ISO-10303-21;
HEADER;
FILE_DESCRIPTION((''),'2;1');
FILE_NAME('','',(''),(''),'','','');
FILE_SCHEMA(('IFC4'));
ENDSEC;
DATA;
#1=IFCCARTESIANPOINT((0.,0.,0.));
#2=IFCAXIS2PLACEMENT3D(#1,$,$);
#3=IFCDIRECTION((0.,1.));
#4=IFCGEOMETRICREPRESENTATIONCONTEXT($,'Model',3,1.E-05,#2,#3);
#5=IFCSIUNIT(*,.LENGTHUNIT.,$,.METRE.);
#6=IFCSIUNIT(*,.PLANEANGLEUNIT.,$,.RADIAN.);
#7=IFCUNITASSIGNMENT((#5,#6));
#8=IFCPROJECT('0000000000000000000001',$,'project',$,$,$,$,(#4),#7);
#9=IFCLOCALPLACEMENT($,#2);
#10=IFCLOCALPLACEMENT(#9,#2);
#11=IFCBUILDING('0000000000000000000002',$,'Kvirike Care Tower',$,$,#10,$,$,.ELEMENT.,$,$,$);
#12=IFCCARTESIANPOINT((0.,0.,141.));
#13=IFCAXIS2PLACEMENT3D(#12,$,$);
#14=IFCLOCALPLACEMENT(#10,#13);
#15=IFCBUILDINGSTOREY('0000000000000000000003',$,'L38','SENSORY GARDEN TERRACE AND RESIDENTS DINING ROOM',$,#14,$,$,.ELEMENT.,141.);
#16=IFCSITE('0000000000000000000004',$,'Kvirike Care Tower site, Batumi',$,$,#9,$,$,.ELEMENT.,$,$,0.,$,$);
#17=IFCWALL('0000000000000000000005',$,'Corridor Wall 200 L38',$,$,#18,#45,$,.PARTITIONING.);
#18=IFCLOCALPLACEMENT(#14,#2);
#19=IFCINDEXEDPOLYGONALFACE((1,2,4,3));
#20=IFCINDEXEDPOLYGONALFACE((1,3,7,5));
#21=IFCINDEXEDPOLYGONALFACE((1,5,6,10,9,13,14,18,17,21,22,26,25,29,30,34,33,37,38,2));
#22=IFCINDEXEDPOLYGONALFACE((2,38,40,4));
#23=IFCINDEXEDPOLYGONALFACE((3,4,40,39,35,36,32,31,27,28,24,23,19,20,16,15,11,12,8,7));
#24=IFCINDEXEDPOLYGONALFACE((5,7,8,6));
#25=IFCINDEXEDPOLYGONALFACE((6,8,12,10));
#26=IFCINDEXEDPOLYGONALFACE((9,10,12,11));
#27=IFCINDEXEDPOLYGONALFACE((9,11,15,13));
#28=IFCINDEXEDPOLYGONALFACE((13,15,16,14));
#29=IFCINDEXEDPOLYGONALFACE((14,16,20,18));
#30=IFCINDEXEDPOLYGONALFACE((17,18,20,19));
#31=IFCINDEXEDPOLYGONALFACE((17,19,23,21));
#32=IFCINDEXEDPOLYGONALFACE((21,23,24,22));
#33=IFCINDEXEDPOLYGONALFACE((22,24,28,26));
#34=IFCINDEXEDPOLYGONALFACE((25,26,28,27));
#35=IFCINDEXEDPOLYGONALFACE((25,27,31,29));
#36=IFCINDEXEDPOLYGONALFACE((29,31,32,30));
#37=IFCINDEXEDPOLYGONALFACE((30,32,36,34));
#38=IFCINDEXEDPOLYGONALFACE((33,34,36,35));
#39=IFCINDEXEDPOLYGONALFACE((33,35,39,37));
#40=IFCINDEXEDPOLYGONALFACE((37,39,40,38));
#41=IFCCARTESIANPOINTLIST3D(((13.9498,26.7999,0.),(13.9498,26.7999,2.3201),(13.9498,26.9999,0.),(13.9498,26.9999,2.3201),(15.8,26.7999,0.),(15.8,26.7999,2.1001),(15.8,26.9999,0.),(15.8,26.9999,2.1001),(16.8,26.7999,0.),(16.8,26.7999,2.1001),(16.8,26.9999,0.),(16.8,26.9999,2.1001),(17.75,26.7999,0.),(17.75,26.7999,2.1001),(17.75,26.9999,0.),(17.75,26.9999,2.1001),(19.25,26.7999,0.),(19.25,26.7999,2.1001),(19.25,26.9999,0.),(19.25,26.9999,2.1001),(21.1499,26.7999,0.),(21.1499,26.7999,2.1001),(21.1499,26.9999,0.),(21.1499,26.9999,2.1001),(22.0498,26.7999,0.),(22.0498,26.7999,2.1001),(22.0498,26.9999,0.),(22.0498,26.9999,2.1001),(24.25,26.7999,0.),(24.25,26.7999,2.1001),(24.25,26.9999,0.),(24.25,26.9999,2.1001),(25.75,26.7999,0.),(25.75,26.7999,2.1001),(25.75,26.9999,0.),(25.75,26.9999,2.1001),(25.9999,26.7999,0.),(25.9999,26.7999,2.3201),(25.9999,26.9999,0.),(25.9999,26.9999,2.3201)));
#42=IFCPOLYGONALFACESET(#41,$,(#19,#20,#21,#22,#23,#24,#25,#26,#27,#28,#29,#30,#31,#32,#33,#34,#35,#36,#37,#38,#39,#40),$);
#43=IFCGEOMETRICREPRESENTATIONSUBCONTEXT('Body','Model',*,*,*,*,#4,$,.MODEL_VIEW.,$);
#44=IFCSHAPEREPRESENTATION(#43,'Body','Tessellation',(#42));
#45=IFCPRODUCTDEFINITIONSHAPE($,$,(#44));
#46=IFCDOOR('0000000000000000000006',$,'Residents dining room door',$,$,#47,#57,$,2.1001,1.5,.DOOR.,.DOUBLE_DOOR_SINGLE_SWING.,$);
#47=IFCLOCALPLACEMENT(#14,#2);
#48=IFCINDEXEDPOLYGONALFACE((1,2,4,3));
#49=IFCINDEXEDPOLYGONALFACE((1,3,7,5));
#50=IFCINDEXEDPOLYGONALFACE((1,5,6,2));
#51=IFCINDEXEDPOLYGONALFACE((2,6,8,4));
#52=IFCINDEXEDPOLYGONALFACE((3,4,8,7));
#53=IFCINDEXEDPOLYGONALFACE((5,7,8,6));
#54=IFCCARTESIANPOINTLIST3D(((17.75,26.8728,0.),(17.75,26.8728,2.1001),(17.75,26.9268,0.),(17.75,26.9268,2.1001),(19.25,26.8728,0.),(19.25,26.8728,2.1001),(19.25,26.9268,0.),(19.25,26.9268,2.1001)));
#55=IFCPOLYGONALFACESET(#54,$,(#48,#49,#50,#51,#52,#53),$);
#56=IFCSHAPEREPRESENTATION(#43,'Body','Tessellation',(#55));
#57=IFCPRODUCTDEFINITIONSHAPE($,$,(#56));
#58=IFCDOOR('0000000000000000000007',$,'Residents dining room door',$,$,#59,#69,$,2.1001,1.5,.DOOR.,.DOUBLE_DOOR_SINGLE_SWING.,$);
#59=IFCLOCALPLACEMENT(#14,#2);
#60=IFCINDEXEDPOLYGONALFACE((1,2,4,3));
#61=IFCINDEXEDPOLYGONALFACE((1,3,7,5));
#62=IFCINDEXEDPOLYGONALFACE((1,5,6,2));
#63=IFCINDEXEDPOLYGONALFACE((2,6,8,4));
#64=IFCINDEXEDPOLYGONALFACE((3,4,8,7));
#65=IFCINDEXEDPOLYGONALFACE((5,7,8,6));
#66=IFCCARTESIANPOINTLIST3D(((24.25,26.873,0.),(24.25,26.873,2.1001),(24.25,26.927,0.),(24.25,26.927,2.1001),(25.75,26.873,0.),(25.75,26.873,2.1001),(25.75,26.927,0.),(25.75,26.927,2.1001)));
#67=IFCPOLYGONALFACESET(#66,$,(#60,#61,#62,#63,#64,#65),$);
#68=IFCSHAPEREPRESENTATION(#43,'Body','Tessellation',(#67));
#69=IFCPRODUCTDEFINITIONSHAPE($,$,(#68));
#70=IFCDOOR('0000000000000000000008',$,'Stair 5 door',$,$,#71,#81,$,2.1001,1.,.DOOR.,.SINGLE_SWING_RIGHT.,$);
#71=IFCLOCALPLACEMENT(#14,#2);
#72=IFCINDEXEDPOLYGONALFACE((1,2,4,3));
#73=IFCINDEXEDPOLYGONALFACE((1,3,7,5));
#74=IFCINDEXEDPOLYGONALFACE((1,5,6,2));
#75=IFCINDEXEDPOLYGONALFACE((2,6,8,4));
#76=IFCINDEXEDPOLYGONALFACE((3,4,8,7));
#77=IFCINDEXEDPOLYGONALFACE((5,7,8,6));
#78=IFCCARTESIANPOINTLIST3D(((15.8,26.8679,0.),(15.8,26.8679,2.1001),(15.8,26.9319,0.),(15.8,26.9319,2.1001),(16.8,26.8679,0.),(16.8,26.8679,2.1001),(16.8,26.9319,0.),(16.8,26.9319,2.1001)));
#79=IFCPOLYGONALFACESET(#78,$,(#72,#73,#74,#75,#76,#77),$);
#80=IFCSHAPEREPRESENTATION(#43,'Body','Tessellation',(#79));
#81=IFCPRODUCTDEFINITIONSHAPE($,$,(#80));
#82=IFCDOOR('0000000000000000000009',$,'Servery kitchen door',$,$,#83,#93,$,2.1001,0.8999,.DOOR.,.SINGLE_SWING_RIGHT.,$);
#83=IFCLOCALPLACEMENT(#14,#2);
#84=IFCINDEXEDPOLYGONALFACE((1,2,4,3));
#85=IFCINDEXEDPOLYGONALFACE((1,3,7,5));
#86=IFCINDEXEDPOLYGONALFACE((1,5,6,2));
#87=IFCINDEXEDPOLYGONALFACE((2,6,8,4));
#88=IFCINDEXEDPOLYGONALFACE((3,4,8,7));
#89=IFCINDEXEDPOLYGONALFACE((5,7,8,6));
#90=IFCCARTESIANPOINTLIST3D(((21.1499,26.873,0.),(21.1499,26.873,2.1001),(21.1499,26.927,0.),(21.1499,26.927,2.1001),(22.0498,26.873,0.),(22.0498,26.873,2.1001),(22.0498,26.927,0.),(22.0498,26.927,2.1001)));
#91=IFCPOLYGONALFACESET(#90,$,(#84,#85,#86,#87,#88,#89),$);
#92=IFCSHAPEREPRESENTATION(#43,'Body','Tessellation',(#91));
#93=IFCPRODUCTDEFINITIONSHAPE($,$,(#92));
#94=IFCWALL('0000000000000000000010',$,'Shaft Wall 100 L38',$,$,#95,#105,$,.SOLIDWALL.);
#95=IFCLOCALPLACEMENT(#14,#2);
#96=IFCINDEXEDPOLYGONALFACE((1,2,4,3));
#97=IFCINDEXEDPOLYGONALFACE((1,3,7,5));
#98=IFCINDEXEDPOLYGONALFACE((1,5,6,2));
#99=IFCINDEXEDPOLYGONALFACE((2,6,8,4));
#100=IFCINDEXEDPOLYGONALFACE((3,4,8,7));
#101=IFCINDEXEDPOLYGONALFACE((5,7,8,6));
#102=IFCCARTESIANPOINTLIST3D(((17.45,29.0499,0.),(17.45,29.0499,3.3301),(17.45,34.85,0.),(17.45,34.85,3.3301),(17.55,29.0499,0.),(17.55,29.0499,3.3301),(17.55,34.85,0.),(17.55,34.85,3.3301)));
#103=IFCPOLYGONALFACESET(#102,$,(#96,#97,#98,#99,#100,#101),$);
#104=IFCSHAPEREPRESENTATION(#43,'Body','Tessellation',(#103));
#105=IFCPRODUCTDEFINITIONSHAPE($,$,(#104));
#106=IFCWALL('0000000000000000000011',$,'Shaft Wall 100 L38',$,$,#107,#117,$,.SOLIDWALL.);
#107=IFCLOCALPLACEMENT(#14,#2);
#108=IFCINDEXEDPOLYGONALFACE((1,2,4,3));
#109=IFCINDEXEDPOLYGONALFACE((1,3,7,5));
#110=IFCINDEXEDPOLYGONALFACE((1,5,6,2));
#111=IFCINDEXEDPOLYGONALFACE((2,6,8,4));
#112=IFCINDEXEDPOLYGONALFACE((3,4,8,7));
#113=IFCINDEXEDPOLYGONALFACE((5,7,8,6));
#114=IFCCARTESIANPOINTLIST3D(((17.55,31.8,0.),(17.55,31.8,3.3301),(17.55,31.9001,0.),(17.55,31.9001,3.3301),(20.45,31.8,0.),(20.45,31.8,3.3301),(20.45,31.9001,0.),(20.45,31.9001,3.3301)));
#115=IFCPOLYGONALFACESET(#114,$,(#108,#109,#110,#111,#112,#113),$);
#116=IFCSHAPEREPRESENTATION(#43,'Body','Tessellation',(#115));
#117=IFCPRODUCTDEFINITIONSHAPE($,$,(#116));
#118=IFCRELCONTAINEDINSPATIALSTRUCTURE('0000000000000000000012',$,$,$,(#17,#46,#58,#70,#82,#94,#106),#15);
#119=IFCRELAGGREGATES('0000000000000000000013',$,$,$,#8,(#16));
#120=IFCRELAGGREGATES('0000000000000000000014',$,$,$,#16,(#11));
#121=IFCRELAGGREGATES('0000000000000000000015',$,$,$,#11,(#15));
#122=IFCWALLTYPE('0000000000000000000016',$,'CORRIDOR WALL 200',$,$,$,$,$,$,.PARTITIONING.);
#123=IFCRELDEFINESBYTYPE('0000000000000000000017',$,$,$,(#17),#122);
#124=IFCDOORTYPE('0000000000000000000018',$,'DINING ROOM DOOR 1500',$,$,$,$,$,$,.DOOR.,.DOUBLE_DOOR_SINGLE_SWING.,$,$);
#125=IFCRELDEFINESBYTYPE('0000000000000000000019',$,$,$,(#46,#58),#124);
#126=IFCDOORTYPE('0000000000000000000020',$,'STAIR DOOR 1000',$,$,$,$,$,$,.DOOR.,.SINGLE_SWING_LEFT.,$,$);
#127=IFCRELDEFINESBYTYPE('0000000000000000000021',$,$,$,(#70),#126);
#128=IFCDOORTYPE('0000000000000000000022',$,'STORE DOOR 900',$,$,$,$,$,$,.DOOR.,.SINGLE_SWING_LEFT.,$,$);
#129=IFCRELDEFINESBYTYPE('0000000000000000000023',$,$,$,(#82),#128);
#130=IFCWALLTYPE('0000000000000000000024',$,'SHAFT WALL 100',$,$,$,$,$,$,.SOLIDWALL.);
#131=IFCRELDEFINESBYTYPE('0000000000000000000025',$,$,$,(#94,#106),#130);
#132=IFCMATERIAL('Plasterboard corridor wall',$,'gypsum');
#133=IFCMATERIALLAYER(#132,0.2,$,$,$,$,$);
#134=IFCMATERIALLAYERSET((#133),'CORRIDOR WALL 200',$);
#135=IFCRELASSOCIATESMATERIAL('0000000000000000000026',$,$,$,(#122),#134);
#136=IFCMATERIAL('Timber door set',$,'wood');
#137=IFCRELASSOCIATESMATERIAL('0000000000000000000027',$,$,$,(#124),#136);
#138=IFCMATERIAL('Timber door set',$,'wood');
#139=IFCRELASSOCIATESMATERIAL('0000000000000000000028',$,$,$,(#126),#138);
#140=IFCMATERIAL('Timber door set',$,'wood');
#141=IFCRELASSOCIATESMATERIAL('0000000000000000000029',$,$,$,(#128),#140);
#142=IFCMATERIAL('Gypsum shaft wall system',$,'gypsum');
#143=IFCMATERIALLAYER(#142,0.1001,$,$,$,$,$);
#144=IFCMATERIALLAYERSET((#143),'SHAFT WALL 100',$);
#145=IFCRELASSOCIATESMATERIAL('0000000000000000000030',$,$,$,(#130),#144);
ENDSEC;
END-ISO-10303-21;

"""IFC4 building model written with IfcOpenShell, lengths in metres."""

from ifc_helpers import new_model, si_unit, direction, frame, frame_2d, origin, place, context, subcontext, project, spatial, rectangle, extrude, material, layer, layer_set, type_object, element, fill, save


model = new_model("IFC4")

# Units and contexts
model_context = context("Model", 3, precision=1e-05, world=origin(), true_north=direction((0.0, 1.0)))
body_context = subcontext(model_context, "Body", "Model", "MODEL_VIEW")
ifc_project = project(units=[si_unit("LENGTHUNIT", "METRE"), si_unit("PLANEANGLEUNIT", "RADIAN")], contexts=[model_context])

# Site, building, storey
site_placement = place(None, origin())
site = spatial("IfcSite", under=ifc_project, at=site_placement, Name="Kvirike Care Tower site, Batumi", CompositionType="ELEMENT", RefElevation=0.0)
building_placement = place(site_placement, origin())
building = spatial("IfcBuilding", under=site, at=building_placement, Name="Kvirike Care Tower", CompositionType="ELEMENT")
storey_placement = place(building_placement, frame((0.0, 0.0, 141.0)))
storey = spatial("IfcBuildingStorey", under=building, at=storey_placement, Name="L38", Description="SENSORY GARDEN TERRACE AND RESIDENTS DINING ROOM", CompositionType="ELEMENT", Elevation=141.0)

# Wall, openings, doors
ifc_material_1 = material(Name="Plasterboard corridor wall", Category="gypsum")
ifc_layer_1 = layer(ifc_material_1, 0.2)
ifc_layer_set_1 = layer_set([ifc_layer_1], Name="CORRIDOR WALL 200")
wall_type_1 = type_object("IfcWallType", Name="CORRIDOR WALL 200", PredefinedType="PARTITIONING", material=ifc_layer_set_1)
wall_1_placement = place(storey_placement, frame((13.95, 26.8999, 0.0), z_axis=(0.0, 0.0, 1.0), x_axis=(1.0, 0.0, 0.0)))
wall_1 = element("IfcWall", 1, at=wall_1_placement, inside=storey, type_object=wall_type_1, Name="Corridor Wall 200 L38", PredefinedType="PARTITIONING", context=body_context, shape_type="SweptSolid", body=[
    extrude(rectangle(XDim=12.05, YDim=0.2, at=frame_2d((6.0249, 0.0))), origin(), (0.0, 0.0, 1.0), 2.3201),
])
opening_1_placement = place(wall_1_placement, frame((1.8501, 0.0, 0.0)))
opening_1 = element("IfcOpeningElement", 2, at=opening_1_placement, cuts=wall_1, PredefinedType="OPENING", context=body_context, shape_type="SweptSolid", body=[
    extrude(rectangle(XDim=1.0, YDim=2.1001, at=frame_2d((0.5, 1.05))), frame((0.0, 0.1106, 0.0), z_axis=(0.0, -1.0, 0.0), x_axis=(1.0, 0.0, 0.0)), (0.0, 0.0, 1.0), 0.2209),
])
opening_2_placement = place(wall_1_placement, frame((3.8, 0.0, 0.0)))
opening_2 = element("IfcOpeningElement", 3, at=opening_2_placement, cuts=wall_1, PredefinedType="OPENING", context=body_context, shape_type="SweptSolid", body=[
    extrude(rectangle(XDim=1.5, YDim=2.1001, at=frame_2d((0.75, 1.05))), frame((0.0, 0.1106, 0.0), z_axis=(0.0, -1.0, 0.0), x_axis=(1.0, 0.0, 0.0)), (0.0, 0.0, 1.0), 0.2209),
])
opening_3_placement = place(wall_1_placement, frame((10.3, 0.0, 0.0)))
opening_3 = element("IfcOpeningElement", 4, at=opening_3_placement, cuts=wall_1, PredefinedType="OPENING", context=body_context, shape_type="SweptSolid", body=[
    extrude(rectangle(XDim=1.5, YDim=2.1001, at=frame_2d((0.75, 1.05))), frame((0.0, 0.1106, 0.0), z_axis=(0.0, -1.0, 0.0), x_axis=(1.0, 0.0, 0.0)), (0.0, 0.0, 1.0), 0.2209),
])
opening_4_placement = place(wall_1_placement, frame((7.2, 0.0, 0.0)))
opening_4 = element("IfcOpeningElement", 5, at=opening_4_placement, cuts=wall_1, PredefinedType="OPENING", context=body_context, shape_type="SweptSolid", body=[
    extrude(rectangle(XDim=0.8999, YDim=2.1001, at=frame_2d((0.45, 1.05))), frame((0.0, 0.1106, 0.0), z_axis=(0.0, -1.0, 0.0), x_axis=(1.0, 0.0, 0.0)), (0.0, 0.0, 1.0), 0.2209),
])
ifc_material_2 = material(Name="Timber door set", Category="wood")
door_type_1 = type_object("IfcDoorType", Name="DINING ROOM DOOR 1500", OperationType="DOUBLE_DOOR_SINGLE_SWING", PredefinedType="DOOR", material=ifc_material_2)
door_1_placement = place(opening_2_placement, origin())
door_1 = element("IfcDoor", 6, at=door_1_placement, inside=storey, type_object=door_type_1, Name="Residents dining room door", OperationType="DOUBLE_DOOR_SINGLE_SWING", OverallHeight=2.1001, OverallWidth=1.5, PredefinedType="DOOR", context=body_context, shape_type="SweptSolid", body=[
    extrude(rectangle(XDim=1.5, YDim=2.1001, at=frame_2d((0.75, 1.05))), frame((0.0, 0.0269, 0.0), z_axis=(0.0, -1.0, 0.0), x_axis=(1.0, 0.0, 0.0)), (0.0, 0.0, 1.0), 0.054),
])
fill(opening_2, door_1)
door_2_placement = place(opening_3_placement, frame((1.5, 0.0, 0.0), z_axis=(0.0, 0.0, 1.0), x_axis=(-1.0, 0.0, 0.0)))
door_2 = element("IfcDoor", 7, at=door_2_placement, inside=storey, type_object=door_type_1, Name="Residents dining room door", OperationType="DOUBLE_DOOR_SINGLE_SWING", OverallHeight=2.1001, OverallWidth=1.5, PredefinedType="DOOR", context=body_context, shape_type="SweptSolid", body=[
    extrude(rectangle(XDim=1.5, YDim=2.1001, at=frame_2d((0.75, 1.05))), frame((0.0, 0.0269, 0.0), z_axis=(0.0, -1.0, 0.0), x_axis=(1.0, 0.0, 0.0)), (0.0, 0.0, 1.0), 0.054),
])
fill(opening_3, door_2)
ifc_material_3 = material(Name="Timber door set", Category="wood")
door_type_2 = type_object("IfcDoorType", Name="STAIR DOOR 1000", OperationType="SINGLE_SWING_LEFT", PredefinedType="DOOR", material=ifc_material_3)
door_3_placement = place(opening_1_placement, frame((1.0, 0.0, 0.0), z_axis=(0.0, 0.0, 1.0), x_axis=(-1.0, 0.0, 0.0)))
door_3 = element("IfcDoor", 8, at=door_3_placement, inside=storey, type_object=door_type_2, Name="Stair 5 door", OperationType="SINGLE_SWING_RIGHT", OverallHeight=2.1001, OverallWidth=1.0, PredefinedType="DOOR", context=body_context, shape_type="SweptSolid", body=[
    extrude(rectangle(XDim=1.0, YDim=2.1001, at=frame_2d((0.5, 1.05))), frame((0.0, 0.032, 0.0), z_axis=(0.0, -1.0, 0.0), x_axis=(1.0, 0.0, 0.0)), (0.0, 0.0, 1.0), 0.064),
])
fill(opening_1, door_3)
ifc_material_4 = material(Name="Timber door set", Category="wood")
door_type_3 = type_object("IfcDoorType", Name="STORE DOOR 900", OperationType="SINGLE_SWING_LEFT", PredefinedType="DOOR", material=ifc_material_4)
door_4_placement = place(opening_4_placement, frame((0.8999, 0.0, 0.0), z_axis=(0.0, 0.0, 1.0), x_axis=(-1.0, 0.0, 0.0)))
door_4 = element("IfcDoor", 9, at=door_4_placement, inside=storey, type_object=door_type_3, Name="Servery kitchen door", OperationType="SINGLE_SWING_RIGHT", OverallHeight=2.1001, OverallWidth=0.8999, PredefinedType="DOOR", context=body_context, shape_type="SweptSolid", body=[
    extrude(rectangle(XDim=0.8999, YDim=2.1001, at=frame_2d((0.45, 1.05))), frame((0.0, 0.0269, 0.0), z_axis=(0.0, -1.0, 0.0), x_axis=(1.0, 0.0, 0.0)), (0.0, 0.0, 1.0), 0.054),
])
fill(opening_4, door_4)

# Walls
ifc_material_5 = material(Name="Gypsum shaft wall system", Category="gypsum")
ifc_layer_2 = layer(ifc_material_5, 0.1001)
ifc_layer_set_2 = layer_set([ifc_layer_2], Name="SHAFT WALL 100")
wall_type_2 = type_object("IfcWallType", Name="SHAFT WALL 100", PredefinedType="SOLIDWALL", material=ifc_layer_set_2)
wall_2_placement = place(storey_placement, frame((17.5, 29.05, 0.0), z_axis=(0.0, 0.0, 1.0), x_axis=(0.0, 1.0, 0.0)))
element("IfcWall", 10, at=wall_2_placement, inside=storey, type_object=wall_type_2, Name="Shaft Wall 100 L38", PredefinedType="SOLIDWALL", context=body_context, shape_type="SweptSolid", body=[
    extrude(rectangle(XDim=5.8, YDim=0.1001, at=frame_2d((2.8999, 0.0))), origin(), (0.0, 0.0, 1.0), 3.3301),
])
wall_3_placement = place(storey_placement, frame((17.55, 31.8501, 0.0), z_axis=(0.0, 0.0, 1.0), x_axis=(1.0, 0.0, 0.0)))
element("IfcWall", 11, at=wall_3_placement, inside=storey, type_object=wall_type_2, Name="Shaft Wall 100 L38", PredefinedType="SOLIDWALL", context=body_context, shape_type="SweptSolid", body=[
    extrude(rectangle(XDim=2.8999, YDim=0.1001, at=frame_2d((1.45, 0.0))), origin(), (0.0, 0.0, 1.0), 3.3301),
])

save(model, "model.ifc")
